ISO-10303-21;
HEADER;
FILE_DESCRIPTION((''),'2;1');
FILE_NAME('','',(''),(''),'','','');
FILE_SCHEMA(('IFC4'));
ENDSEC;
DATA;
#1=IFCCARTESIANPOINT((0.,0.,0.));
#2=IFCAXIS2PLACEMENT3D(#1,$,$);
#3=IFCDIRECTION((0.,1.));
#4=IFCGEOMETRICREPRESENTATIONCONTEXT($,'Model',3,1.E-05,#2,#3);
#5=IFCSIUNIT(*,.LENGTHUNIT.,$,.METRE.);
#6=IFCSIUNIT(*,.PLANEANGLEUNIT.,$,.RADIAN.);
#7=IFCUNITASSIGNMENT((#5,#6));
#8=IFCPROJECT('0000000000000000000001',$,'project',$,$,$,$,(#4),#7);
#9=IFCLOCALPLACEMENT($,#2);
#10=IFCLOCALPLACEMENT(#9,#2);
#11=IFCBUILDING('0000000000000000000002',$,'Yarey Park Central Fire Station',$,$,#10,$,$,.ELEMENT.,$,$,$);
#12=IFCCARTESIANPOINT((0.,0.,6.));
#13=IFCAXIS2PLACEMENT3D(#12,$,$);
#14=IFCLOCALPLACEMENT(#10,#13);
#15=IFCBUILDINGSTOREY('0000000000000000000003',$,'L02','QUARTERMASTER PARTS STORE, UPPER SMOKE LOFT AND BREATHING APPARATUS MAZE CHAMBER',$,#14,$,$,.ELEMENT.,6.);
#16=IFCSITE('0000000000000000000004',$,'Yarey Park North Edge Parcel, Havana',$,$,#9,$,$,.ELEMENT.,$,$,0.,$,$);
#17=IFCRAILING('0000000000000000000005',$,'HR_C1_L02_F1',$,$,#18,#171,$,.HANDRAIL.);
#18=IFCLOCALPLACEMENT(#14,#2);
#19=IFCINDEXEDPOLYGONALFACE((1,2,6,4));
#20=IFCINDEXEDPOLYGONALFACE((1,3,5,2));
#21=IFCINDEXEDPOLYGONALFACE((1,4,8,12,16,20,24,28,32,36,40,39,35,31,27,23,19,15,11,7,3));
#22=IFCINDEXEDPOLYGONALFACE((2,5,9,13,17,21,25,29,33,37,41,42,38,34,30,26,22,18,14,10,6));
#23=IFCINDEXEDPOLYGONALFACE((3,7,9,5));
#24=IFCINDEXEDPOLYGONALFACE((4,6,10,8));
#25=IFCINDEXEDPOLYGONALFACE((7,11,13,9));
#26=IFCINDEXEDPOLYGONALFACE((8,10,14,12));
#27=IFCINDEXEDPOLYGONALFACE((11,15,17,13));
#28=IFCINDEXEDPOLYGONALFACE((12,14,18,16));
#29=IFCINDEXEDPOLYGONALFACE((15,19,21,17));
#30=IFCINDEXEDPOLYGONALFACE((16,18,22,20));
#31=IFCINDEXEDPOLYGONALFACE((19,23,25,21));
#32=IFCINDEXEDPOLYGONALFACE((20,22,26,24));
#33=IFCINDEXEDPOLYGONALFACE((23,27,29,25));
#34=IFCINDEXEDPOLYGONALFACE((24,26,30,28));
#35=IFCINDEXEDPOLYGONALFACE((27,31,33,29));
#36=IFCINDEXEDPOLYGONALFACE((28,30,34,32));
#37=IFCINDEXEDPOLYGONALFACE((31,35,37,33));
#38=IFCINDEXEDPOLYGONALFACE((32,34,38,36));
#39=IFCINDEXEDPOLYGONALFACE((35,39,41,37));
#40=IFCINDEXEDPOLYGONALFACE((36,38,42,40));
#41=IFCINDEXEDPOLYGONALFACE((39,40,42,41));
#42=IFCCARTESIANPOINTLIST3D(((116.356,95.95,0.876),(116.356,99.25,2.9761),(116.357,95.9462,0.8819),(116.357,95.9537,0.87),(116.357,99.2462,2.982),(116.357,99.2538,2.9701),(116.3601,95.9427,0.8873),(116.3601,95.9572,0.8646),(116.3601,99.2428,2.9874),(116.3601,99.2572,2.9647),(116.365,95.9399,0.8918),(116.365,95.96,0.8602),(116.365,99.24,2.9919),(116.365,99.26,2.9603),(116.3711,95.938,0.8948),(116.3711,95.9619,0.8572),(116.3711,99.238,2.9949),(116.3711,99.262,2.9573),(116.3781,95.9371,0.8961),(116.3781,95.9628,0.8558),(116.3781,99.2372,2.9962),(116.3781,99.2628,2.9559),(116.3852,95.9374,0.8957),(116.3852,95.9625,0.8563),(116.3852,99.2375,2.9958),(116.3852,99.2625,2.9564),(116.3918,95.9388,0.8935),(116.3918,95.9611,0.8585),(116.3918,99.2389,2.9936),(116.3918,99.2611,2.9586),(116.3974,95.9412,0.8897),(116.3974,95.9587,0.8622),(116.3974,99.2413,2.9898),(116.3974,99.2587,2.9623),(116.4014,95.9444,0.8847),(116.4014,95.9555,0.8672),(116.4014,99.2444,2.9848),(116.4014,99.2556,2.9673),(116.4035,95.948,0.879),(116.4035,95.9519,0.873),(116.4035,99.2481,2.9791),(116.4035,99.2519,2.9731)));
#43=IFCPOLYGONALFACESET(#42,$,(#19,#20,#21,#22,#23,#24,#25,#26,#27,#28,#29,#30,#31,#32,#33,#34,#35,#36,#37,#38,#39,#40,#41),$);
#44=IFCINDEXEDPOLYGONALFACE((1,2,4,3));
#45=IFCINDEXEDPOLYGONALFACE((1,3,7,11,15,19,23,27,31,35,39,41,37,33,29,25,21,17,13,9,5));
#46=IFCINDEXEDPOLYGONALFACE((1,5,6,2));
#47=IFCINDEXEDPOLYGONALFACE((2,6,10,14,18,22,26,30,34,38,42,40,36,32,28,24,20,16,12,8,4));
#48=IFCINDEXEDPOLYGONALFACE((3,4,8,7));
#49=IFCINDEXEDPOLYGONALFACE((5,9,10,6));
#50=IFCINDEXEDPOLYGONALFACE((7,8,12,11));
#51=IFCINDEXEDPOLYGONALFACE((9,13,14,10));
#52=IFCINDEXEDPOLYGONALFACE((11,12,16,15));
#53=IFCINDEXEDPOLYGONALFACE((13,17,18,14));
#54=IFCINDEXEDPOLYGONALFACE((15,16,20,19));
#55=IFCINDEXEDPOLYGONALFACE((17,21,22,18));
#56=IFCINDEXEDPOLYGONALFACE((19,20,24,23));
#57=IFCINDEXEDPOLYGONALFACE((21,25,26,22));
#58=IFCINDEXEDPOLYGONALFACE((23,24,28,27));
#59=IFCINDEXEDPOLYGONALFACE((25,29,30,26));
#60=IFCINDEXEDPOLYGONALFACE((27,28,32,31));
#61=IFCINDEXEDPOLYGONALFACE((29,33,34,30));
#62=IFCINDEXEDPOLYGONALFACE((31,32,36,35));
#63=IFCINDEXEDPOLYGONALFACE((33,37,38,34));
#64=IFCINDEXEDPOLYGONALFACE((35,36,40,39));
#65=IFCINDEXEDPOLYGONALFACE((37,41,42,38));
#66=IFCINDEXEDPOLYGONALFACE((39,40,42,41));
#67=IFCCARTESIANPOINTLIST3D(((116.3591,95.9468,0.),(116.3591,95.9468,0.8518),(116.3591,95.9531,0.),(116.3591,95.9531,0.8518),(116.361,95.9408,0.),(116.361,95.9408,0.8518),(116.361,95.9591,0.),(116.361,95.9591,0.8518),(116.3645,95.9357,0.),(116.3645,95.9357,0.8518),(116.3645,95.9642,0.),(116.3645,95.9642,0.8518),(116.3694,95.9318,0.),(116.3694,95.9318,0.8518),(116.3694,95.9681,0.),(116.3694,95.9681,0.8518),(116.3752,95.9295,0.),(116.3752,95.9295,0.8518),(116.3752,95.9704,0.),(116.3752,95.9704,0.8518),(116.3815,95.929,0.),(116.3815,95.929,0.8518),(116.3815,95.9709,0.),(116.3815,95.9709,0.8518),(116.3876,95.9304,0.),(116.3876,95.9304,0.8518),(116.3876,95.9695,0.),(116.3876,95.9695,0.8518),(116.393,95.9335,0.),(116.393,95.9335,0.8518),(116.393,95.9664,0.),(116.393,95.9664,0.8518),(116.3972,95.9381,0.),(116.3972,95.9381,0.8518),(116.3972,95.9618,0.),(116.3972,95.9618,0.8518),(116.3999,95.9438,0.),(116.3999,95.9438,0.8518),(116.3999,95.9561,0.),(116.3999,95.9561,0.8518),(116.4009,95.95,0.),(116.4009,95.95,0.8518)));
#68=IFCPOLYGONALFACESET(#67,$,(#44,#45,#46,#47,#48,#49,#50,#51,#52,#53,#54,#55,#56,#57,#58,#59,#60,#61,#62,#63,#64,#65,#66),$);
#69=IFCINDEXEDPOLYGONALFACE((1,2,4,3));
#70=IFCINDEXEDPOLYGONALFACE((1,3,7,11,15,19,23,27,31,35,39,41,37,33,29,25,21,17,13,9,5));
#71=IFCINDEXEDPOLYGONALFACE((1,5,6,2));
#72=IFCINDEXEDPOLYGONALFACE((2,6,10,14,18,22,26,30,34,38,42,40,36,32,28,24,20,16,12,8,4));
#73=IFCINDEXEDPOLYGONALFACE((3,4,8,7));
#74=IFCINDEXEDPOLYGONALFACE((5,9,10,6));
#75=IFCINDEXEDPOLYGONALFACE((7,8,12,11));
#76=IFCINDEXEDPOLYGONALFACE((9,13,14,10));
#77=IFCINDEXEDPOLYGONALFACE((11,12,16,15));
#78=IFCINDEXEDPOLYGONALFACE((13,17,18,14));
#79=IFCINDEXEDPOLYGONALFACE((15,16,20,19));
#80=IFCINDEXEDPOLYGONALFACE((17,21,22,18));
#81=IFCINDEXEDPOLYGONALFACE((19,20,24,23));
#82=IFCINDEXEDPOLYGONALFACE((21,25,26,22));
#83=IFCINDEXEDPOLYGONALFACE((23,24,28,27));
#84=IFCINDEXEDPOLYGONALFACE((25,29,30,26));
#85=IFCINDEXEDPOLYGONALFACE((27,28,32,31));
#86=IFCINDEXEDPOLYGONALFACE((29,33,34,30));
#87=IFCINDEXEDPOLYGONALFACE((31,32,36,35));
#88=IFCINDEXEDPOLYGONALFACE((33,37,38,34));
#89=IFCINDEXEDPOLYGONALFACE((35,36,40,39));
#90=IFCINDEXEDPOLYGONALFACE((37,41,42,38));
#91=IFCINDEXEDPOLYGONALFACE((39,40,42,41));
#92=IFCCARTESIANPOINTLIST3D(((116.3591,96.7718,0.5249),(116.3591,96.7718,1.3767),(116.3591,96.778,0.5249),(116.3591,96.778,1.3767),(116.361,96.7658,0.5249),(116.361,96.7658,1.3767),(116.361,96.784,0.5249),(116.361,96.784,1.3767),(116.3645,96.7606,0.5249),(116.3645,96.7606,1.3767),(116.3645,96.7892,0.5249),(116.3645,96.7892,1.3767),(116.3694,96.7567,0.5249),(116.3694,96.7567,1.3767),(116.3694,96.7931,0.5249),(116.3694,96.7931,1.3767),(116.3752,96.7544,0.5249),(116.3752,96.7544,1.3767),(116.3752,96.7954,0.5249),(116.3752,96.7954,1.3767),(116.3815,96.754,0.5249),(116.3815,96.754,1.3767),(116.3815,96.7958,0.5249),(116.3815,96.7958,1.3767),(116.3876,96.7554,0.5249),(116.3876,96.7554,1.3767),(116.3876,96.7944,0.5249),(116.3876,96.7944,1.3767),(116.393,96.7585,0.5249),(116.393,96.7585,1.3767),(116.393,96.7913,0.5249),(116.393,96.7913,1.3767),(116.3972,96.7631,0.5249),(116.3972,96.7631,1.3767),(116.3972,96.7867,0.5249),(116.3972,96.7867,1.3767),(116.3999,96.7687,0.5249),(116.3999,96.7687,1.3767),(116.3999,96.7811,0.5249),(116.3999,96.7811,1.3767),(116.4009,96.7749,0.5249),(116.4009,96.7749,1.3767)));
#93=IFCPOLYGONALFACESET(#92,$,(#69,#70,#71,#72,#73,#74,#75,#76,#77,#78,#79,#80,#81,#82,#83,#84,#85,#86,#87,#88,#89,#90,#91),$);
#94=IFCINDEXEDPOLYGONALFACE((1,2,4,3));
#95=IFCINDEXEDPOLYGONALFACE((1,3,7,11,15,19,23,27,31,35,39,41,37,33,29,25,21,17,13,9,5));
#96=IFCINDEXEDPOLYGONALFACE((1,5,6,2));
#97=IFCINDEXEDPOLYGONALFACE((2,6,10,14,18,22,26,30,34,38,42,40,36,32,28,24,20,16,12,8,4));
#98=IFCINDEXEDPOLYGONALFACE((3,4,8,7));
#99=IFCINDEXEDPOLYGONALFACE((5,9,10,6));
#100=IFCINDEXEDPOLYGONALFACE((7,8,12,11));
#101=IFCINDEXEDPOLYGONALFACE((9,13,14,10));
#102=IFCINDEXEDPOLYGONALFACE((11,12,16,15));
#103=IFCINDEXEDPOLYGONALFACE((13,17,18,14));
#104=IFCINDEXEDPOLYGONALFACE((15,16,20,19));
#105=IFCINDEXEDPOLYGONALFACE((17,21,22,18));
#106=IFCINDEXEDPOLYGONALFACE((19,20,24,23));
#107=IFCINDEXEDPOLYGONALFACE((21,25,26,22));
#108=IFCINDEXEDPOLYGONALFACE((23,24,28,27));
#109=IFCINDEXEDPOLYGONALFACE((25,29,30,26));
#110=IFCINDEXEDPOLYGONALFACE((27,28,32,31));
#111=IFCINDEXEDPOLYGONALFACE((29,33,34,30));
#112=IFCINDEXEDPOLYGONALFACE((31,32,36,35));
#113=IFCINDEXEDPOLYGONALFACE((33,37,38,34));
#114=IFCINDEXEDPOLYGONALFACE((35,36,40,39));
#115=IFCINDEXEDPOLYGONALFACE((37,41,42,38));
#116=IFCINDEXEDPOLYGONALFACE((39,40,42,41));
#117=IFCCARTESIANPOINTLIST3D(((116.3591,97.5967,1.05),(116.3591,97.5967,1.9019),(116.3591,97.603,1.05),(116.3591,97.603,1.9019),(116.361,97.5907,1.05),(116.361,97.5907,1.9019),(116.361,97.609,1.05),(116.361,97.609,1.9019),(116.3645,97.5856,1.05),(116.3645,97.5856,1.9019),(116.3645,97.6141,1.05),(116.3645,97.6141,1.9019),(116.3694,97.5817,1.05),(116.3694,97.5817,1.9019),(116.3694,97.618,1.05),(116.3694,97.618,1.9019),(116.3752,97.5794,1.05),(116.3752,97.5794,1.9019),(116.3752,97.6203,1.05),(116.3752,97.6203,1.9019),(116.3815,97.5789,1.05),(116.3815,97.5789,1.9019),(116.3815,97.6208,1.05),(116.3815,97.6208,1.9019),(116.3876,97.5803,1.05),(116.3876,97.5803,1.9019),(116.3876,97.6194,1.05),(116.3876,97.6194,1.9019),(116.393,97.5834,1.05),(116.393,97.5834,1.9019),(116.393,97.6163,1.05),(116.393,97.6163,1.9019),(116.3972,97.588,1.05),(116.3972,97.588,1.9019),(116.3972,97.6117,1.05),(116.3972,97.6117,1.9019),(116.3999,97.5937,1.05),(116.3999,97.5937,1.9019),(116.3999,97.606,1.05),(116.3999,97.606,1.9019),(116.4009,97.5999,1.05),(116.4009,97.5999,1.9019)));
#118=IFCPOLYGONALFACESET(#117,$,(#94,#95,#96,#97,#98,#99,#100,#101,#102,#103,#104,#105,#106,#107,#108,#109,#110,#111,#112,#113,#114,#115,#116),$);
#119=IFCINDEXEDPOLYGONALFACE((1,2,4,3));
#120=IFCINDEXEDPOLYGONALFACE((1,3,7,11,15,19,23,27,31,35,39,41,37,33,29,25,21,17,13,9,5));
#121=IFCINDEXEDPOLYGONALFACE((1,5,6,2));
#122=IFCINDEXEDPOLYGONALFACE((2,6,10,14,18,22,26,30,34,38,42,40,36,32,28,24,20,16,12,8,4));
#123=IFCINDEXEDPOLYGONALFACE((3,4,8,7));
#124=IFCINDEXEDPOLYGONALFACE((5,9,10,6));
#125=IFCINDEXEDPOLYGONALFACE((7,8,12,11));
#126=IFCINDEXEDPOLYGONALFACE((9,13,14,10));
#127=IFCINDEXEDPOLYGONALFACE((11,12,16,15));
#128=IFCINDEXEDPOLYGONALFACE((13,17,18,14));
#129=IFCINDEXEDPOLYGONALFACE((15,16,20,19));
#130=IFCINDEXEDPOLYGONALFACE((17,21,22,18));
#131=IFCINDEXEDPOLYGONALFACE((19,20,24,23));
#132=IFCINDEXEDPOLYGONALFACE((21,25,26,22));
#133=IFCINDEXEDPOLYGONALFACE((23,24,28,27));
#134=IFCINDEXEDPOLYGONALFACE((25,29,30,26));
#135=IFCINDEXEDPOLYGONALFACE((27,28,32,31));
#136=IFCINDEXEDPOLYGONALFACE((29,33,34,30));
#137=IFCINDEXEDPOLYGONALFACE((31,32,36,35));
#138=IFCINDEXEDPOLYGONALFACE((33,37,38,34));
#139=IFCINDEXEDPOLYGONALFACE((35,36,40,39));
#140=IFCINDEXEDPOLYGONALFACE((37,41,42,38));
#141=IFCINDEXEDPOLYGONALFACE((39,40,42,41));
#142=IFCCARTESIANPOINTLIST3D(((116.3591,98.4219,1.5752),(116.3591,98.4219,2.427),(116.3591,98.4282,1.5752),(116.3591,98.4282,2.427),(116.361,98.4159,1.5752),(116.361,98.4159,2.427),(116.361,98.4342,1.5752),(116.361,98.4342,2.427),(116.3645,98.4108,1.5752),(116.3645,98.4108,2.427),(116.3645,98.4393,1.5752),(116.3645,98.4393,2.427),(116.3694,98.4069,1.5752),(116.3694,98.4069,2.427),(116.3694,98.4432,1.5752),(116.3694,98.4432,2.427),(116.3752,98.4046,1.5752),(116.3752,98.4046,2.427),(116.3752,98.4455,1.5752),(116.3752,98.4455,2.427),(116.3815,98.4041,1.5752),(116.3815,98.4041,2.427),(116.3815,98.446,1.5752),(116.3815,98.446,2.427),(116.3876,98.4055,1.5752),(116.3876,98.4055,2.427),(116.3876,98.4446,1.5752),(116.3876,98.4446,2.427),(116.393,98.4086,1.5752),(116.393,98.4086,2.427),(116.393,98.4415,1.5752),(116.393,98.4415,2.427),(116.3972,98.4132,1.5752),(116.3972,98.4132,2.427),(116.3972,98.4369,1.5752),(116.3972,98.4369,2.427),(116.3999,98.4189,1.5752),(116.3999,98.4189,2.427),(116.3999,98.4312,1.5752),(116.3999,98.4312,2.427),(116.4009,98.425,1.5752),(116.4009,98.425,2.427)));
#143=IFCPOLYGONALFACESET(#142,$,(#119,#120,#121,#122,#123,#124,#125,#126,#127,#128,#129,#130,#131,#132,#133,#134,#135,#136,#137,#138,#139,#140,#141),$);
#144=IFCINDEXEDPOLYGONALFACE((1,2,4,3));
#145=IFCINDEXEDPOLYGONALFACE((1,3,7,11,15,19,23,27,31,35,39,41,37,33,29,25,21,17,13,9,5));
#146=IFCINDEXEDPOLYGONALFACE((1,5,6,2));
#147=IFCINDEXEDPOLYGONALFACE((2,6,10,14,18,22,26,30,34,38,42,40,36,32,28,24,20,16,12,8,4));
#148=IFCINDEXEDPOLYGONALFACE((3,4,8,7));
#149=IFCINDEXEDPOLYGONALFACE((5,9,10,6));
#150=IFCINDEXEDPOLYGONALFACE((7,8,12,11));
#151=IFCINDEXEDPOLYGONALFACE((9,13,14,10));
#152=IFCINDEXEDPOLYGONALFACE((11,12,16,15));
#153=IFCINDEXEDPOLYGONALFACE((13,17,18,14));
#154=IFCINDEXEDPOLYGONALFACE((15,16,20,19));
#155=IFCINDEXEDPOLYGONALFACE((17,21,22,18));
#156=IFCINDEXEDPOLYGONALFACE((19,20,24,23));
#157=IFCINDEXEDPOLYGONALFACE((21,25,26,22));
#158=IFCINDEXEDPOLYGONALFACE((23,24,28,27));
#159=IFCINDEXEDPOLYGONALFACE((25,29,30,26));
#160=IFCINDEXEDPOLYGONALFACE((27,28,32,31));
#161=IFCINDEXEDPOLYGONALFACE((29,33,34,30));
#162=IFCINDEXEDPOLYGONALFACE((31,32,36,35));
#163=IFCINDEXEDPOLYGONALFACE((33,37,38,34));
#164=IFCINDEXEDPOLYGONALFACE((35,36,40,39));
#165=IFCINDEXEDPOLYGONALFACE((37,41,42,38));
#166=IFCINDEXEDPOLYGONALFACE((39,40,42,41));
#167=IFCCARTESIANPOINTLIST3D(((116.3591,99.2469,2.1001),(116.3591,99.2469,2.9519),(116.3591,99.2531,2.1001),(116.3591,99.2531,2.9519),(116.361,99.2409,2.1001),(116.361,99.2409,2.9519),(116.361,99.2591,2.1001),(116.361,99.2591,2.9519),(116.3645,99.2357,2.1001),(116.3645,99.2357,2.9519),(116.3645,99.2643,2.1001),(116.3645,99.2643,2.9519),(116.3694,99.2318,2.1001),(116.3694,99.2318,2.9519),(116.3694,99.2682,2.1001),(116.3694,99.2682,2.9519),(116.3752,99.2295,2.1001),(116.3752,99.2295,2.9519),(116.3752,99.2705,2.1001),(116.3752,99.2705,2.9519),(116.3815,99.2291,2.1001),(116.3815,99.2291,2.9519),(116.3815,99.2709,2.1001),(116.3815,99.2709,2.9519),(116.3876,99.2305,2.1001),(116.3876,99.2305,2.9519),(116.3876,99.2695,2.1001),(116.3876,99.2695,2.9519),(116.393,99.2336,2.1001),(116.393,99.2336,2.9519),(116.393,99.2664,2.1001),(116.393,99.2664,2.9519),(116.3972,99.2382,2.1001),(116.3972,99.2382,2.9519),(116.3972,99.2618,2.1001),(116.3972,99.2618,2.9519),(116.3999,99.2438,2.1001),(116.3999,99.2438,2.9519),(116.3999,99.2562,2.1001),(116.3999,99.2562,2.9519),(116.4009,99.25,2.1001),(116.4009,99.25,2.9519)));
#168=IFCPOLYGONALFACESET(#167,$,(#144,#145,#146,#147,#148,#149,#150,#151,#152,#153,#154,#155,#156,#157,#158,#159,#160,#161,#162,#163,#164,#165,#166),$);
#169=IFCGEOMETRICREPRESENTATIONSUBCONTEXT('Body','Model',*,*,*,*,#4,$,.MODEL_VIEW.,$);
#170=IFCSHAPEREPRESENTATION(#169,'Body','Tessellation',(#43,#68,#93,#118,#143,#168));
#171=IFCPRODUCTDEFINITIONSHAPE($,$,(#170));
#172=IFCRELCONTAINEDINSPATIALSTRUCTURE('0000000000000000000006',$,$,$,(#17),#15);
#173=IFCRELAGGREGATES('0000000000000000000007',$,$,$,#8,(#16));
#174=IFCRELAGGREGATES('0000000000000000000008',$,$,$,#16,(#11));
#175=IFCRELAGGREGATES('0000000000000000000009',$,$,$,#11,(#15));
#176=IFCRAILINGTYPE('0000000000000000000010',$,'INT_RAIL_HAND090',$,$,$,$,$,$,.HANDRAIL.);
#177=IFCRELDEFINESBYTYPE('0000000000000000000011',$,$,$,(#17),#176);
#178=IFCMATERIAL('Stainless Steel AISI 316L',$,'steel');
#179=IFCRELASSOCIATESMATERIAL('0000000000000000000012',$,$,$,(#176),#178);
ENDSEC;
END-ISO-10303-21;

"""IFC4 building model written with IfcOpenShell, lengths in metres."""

from ifc_helpers import new_model, si_unit, direction, frame, origin, origin_2d, place, context, subcontext, project, spatial, circle, extrude, material, type_object, element, save


model = new_model("IFC4")

# Units and contexts
model_context = context("Model", 3, precision=1e-05, world=origin(), true_north=direction((0.0, 1.0)))
body_context = subcontext(model_context, "Body", "Model", "MODEL_VIEW")
ifc_project = project(units=[si_unit("LENGTHUNIT", "METRE"), si_unit("PLANEANGLEUNIT", "RADIAN")], contexts=[model_context])

# Site, building, storey
site_placement = place(None, origin())
site = spatial("IfcSite", under=ifc_project, at=site_placement, Name="Yarey Park North Edge Parcel, Havana", CompositionType="ELEMENT", RefElevation=0.0)
building_placement = place(site_placement, origin())
building = spatial("IfcBuilding", under=site, at=building_placement, Name="Yarey Park Central Fire Station", CompositionType="ELEMENT")
storey_placement = place(building_placement, frame((0.0, 0.0, 6.0)))
storey = spatial("IfcBuildingStorey", under=building, at=storey_placement, Name="L02", Description="QUARTERMASTER PARTS STORE, UPPER SMOKE LOFT AND BREATHING APPARATUS MAZE CHAMBER", CompositionType="ELEMENT", Elevation=6.0)

# Railing
ifc_material_1 = material(Name="Stainless Steel AISI 316L", Category="steel")
railing_type_1 = type_object("IfcRailingType", Name="INT_RAIL_HAND090", PredefinedType="HANDRAIL", material=ifc_material_1)
railing_1_placement = place(storey_placement, frame((116.3799, 95.95, 0.0)))
element("IfcRailing", 1, at=railing_1_placement, inside=storey, type_object=railing_type_1, Name="HR_C1_L02_F1", PredefinedType="HANDRAIL", context=body_context, shape_type="SweptSolid", body=[
    extrude(circle(Radius=0.0239, at=origin_2d()), frame((0.0, 0.0, 0.876), z_axis=(0.0, 0.843654, 0.536888), x_axis=(-1.0, 0.0, 0.0)), (0.0, 0.0, 1.0), 3.9116),
    extrude(circle(Radius=0.021, at=origin_2d()), origin(), (0.0, 0.0, 1.0), 0.8518),
    extrude(circle(Radius=0.021, at=origin_2d()), frame((0.0, 0.825, 0.5249)), (0.0, 0.0, 1.0), 0.8518),
    extrude(circle(Radius=0.021, at=origin_2d()), frame((0.0, 1.6499, 1.05)), (0.0, 0.0, 1.0), 0.8518),
    extrude(circle(Radius=0.021, at=origin_2d()), frame((0.0, 2.4751, 1.5752)), (0.0, 0.0, 1.0), 0.8518),
    extrude(circle(Radius=0.021, at=origin_2d()), frame((0.0, 3.3, 2.1001)), (0.0, 0.0, 1.0), 0.8518),
])

save(model, "model.ifc")
